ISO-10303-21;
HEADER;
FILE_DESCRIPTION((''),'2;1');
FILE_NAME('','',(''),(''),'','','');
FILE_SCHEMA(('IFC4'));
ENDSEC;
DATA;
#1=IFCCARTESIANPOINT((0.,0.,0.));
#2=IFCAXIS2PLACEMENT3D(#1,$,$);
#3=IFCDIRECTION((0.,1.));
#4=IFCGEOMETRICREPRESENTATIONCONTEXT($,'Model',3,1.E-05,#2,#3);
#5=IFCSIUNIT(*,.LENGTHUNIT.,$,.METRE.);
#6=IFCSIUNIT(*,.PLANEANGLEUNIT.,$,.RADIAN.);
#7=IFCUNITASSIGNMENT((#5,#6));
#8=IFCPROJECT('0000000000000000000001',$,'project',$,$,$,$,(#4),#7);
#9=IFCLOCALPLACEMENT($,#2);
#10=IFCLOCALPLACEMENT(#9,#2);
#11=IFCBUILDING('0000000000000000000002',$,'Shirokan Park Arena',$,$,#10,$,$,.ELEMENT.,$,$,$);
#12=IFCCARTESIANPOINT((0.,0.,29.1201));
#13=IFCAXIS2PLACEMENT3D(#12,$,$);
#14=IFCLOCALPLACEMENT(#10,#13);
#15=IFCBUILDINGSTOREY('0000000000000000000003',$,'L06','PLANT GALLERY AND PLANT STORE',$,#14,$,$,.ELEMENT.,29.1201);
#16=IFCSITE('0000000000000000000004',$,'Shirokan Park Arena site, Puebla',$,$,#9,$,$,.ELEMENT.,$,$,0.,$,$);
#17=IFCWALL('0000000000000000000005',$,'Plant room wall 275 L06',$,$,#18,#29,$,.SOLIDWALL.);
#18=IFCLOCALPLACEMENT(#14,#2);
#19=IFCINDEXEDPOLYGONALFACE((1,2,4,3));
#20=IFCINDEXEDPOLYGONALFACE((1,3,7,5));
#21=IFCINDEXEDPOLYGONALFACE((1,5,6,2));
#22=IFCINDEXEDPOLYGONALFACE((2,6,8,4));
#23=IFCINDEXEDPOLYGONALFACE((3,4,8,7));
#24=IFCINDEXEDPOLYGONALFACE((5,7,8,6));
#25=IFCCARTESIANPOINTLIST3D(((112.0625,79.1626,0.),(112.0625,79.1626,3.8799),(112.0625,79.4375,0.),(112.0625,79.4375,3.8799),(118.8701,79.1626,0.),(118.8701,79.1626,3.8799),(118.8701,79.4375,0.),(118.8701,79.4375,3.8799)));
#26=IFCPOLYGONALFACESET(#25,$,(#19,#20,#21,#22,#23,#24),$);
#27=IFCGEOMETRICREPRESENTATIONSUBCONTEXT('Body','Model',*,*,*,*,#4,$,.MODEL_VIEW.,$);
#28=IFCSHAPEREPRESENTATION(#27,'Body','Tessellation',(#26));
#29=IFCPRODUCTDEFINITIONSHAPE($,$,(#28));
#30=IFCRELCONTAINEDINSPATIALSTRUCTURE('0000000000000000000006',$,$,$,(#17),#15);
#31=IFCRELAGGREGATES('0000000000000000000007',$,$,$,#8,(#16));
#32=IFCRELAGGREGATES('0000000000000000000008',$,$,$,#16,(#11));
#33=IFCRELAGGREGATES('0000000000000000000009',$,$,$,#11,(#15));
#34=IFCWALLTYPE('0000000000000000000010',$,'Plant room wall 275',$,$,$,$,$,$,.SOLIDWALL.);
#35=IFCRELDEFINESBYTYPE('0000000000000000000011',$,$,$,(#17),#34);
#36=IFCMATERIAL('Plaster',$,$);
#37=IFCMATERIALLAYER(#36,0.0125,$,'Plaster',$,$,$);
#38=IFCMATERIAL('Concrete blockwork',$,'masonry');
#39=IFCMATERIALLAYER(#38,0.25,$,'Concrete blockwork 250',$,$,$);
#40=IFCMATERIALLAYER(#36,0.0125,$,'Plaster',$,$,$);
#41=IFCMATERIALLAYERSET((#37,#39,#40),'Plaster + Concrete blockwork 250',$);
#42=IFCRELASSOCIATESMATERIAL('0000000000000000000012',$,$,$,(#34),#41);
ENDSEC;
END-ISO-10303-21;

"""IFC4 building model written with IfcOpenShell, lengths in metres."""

from ifc_helpers import new_model, si_unit, direction, frame, frame_2d, origin, place, context, subcontext, project, spatial, rectangle, extrude, material, layer, layer_set, type_object, element, save


model = new_model("IFC4")

# Units and contexts
model_context = context("Model", 3, precision=1e-05, world=origin(), true_north=direction((0.0, 1.0)))
body_context = subcontext(model_context, "Body", "Model", "MODEL_VIEW")
ifc_project = project(units=[si_unit("LENGTHUNIT", "METRE"), si_unit("PLANEANGLEUNIT", "RADIAN")], contexts=[model_context])

# Site, building, storey
site_placement = place(None, origin())
site = spatial("IfcSite", under=ifc_project, at=site_placement, Name="Shirokan Park Arena site, Puebla", CompositionType="ELEMENT", RefElevation=0.0)
building_placement = place(site_placement, origin())
building = spatial("IfcBuilding", under=site, at=building_placement, Name="Shirokan Park Arena", CompositionType="ELEMENT")
storey_placement = place(building_placement, frame((0.0, 0.0, 29.1201)))
storey = spatial("IfcBuildingStorey", under=building, at=storey_placement, Name="L06", Description="PLANT GALLERY AND PLANT STORE", CompositionType="ELEMENT", Elevation=29.1201)

# Shared definitions
ifc_material_1 = material(Name="Plaster")
ifc_layer_1 = layer(ifc_material_1, 0.0125, Name="Plaster")
ifc_material_2 = material(Name="Concrete blockwork", Category="masonry")
ifc_layer_2 = layer(ifc_material_2, 0.25, Name="Concrete blockwork 250")
ifc_layer_3 = layer(ifc_material_1, 0.0125, Name="Plaster")
ifc_layer_set = layer_set([ifc_layer_1, ifc_layer_2, ifc_layer_3], Name="Plaster + Concrete blockwork 250")
wall_type = type_object("IfcWallType", Name="Plant room wall 275", PredefinedType="SOLIDWALL", material=ifc_layer_set)

# Wall
wall_1_placement = place(storey_placement, frame((112.0625, 79.3, 0.0), z_axis=(0.0, 0.0, 1.0), x_axis=(1.0, 0.0, 0.0)))
element("IfcWall", 1, at=wall_1_placement, inside=storey, type_object=wall_type, Name="Plant room wall 275 L06", PredefinedType="SOLIDWALL", context=body_context, shape_type="SweptSolid", body=[
    extrude(rectangle(XDim=6.8076, YDim=0.2749, at=frame_2d((3.4038, 0.0))), origin(), (0.0, 0.0, 1.0), 3.8799),
])

save(model, "model.ifc")
